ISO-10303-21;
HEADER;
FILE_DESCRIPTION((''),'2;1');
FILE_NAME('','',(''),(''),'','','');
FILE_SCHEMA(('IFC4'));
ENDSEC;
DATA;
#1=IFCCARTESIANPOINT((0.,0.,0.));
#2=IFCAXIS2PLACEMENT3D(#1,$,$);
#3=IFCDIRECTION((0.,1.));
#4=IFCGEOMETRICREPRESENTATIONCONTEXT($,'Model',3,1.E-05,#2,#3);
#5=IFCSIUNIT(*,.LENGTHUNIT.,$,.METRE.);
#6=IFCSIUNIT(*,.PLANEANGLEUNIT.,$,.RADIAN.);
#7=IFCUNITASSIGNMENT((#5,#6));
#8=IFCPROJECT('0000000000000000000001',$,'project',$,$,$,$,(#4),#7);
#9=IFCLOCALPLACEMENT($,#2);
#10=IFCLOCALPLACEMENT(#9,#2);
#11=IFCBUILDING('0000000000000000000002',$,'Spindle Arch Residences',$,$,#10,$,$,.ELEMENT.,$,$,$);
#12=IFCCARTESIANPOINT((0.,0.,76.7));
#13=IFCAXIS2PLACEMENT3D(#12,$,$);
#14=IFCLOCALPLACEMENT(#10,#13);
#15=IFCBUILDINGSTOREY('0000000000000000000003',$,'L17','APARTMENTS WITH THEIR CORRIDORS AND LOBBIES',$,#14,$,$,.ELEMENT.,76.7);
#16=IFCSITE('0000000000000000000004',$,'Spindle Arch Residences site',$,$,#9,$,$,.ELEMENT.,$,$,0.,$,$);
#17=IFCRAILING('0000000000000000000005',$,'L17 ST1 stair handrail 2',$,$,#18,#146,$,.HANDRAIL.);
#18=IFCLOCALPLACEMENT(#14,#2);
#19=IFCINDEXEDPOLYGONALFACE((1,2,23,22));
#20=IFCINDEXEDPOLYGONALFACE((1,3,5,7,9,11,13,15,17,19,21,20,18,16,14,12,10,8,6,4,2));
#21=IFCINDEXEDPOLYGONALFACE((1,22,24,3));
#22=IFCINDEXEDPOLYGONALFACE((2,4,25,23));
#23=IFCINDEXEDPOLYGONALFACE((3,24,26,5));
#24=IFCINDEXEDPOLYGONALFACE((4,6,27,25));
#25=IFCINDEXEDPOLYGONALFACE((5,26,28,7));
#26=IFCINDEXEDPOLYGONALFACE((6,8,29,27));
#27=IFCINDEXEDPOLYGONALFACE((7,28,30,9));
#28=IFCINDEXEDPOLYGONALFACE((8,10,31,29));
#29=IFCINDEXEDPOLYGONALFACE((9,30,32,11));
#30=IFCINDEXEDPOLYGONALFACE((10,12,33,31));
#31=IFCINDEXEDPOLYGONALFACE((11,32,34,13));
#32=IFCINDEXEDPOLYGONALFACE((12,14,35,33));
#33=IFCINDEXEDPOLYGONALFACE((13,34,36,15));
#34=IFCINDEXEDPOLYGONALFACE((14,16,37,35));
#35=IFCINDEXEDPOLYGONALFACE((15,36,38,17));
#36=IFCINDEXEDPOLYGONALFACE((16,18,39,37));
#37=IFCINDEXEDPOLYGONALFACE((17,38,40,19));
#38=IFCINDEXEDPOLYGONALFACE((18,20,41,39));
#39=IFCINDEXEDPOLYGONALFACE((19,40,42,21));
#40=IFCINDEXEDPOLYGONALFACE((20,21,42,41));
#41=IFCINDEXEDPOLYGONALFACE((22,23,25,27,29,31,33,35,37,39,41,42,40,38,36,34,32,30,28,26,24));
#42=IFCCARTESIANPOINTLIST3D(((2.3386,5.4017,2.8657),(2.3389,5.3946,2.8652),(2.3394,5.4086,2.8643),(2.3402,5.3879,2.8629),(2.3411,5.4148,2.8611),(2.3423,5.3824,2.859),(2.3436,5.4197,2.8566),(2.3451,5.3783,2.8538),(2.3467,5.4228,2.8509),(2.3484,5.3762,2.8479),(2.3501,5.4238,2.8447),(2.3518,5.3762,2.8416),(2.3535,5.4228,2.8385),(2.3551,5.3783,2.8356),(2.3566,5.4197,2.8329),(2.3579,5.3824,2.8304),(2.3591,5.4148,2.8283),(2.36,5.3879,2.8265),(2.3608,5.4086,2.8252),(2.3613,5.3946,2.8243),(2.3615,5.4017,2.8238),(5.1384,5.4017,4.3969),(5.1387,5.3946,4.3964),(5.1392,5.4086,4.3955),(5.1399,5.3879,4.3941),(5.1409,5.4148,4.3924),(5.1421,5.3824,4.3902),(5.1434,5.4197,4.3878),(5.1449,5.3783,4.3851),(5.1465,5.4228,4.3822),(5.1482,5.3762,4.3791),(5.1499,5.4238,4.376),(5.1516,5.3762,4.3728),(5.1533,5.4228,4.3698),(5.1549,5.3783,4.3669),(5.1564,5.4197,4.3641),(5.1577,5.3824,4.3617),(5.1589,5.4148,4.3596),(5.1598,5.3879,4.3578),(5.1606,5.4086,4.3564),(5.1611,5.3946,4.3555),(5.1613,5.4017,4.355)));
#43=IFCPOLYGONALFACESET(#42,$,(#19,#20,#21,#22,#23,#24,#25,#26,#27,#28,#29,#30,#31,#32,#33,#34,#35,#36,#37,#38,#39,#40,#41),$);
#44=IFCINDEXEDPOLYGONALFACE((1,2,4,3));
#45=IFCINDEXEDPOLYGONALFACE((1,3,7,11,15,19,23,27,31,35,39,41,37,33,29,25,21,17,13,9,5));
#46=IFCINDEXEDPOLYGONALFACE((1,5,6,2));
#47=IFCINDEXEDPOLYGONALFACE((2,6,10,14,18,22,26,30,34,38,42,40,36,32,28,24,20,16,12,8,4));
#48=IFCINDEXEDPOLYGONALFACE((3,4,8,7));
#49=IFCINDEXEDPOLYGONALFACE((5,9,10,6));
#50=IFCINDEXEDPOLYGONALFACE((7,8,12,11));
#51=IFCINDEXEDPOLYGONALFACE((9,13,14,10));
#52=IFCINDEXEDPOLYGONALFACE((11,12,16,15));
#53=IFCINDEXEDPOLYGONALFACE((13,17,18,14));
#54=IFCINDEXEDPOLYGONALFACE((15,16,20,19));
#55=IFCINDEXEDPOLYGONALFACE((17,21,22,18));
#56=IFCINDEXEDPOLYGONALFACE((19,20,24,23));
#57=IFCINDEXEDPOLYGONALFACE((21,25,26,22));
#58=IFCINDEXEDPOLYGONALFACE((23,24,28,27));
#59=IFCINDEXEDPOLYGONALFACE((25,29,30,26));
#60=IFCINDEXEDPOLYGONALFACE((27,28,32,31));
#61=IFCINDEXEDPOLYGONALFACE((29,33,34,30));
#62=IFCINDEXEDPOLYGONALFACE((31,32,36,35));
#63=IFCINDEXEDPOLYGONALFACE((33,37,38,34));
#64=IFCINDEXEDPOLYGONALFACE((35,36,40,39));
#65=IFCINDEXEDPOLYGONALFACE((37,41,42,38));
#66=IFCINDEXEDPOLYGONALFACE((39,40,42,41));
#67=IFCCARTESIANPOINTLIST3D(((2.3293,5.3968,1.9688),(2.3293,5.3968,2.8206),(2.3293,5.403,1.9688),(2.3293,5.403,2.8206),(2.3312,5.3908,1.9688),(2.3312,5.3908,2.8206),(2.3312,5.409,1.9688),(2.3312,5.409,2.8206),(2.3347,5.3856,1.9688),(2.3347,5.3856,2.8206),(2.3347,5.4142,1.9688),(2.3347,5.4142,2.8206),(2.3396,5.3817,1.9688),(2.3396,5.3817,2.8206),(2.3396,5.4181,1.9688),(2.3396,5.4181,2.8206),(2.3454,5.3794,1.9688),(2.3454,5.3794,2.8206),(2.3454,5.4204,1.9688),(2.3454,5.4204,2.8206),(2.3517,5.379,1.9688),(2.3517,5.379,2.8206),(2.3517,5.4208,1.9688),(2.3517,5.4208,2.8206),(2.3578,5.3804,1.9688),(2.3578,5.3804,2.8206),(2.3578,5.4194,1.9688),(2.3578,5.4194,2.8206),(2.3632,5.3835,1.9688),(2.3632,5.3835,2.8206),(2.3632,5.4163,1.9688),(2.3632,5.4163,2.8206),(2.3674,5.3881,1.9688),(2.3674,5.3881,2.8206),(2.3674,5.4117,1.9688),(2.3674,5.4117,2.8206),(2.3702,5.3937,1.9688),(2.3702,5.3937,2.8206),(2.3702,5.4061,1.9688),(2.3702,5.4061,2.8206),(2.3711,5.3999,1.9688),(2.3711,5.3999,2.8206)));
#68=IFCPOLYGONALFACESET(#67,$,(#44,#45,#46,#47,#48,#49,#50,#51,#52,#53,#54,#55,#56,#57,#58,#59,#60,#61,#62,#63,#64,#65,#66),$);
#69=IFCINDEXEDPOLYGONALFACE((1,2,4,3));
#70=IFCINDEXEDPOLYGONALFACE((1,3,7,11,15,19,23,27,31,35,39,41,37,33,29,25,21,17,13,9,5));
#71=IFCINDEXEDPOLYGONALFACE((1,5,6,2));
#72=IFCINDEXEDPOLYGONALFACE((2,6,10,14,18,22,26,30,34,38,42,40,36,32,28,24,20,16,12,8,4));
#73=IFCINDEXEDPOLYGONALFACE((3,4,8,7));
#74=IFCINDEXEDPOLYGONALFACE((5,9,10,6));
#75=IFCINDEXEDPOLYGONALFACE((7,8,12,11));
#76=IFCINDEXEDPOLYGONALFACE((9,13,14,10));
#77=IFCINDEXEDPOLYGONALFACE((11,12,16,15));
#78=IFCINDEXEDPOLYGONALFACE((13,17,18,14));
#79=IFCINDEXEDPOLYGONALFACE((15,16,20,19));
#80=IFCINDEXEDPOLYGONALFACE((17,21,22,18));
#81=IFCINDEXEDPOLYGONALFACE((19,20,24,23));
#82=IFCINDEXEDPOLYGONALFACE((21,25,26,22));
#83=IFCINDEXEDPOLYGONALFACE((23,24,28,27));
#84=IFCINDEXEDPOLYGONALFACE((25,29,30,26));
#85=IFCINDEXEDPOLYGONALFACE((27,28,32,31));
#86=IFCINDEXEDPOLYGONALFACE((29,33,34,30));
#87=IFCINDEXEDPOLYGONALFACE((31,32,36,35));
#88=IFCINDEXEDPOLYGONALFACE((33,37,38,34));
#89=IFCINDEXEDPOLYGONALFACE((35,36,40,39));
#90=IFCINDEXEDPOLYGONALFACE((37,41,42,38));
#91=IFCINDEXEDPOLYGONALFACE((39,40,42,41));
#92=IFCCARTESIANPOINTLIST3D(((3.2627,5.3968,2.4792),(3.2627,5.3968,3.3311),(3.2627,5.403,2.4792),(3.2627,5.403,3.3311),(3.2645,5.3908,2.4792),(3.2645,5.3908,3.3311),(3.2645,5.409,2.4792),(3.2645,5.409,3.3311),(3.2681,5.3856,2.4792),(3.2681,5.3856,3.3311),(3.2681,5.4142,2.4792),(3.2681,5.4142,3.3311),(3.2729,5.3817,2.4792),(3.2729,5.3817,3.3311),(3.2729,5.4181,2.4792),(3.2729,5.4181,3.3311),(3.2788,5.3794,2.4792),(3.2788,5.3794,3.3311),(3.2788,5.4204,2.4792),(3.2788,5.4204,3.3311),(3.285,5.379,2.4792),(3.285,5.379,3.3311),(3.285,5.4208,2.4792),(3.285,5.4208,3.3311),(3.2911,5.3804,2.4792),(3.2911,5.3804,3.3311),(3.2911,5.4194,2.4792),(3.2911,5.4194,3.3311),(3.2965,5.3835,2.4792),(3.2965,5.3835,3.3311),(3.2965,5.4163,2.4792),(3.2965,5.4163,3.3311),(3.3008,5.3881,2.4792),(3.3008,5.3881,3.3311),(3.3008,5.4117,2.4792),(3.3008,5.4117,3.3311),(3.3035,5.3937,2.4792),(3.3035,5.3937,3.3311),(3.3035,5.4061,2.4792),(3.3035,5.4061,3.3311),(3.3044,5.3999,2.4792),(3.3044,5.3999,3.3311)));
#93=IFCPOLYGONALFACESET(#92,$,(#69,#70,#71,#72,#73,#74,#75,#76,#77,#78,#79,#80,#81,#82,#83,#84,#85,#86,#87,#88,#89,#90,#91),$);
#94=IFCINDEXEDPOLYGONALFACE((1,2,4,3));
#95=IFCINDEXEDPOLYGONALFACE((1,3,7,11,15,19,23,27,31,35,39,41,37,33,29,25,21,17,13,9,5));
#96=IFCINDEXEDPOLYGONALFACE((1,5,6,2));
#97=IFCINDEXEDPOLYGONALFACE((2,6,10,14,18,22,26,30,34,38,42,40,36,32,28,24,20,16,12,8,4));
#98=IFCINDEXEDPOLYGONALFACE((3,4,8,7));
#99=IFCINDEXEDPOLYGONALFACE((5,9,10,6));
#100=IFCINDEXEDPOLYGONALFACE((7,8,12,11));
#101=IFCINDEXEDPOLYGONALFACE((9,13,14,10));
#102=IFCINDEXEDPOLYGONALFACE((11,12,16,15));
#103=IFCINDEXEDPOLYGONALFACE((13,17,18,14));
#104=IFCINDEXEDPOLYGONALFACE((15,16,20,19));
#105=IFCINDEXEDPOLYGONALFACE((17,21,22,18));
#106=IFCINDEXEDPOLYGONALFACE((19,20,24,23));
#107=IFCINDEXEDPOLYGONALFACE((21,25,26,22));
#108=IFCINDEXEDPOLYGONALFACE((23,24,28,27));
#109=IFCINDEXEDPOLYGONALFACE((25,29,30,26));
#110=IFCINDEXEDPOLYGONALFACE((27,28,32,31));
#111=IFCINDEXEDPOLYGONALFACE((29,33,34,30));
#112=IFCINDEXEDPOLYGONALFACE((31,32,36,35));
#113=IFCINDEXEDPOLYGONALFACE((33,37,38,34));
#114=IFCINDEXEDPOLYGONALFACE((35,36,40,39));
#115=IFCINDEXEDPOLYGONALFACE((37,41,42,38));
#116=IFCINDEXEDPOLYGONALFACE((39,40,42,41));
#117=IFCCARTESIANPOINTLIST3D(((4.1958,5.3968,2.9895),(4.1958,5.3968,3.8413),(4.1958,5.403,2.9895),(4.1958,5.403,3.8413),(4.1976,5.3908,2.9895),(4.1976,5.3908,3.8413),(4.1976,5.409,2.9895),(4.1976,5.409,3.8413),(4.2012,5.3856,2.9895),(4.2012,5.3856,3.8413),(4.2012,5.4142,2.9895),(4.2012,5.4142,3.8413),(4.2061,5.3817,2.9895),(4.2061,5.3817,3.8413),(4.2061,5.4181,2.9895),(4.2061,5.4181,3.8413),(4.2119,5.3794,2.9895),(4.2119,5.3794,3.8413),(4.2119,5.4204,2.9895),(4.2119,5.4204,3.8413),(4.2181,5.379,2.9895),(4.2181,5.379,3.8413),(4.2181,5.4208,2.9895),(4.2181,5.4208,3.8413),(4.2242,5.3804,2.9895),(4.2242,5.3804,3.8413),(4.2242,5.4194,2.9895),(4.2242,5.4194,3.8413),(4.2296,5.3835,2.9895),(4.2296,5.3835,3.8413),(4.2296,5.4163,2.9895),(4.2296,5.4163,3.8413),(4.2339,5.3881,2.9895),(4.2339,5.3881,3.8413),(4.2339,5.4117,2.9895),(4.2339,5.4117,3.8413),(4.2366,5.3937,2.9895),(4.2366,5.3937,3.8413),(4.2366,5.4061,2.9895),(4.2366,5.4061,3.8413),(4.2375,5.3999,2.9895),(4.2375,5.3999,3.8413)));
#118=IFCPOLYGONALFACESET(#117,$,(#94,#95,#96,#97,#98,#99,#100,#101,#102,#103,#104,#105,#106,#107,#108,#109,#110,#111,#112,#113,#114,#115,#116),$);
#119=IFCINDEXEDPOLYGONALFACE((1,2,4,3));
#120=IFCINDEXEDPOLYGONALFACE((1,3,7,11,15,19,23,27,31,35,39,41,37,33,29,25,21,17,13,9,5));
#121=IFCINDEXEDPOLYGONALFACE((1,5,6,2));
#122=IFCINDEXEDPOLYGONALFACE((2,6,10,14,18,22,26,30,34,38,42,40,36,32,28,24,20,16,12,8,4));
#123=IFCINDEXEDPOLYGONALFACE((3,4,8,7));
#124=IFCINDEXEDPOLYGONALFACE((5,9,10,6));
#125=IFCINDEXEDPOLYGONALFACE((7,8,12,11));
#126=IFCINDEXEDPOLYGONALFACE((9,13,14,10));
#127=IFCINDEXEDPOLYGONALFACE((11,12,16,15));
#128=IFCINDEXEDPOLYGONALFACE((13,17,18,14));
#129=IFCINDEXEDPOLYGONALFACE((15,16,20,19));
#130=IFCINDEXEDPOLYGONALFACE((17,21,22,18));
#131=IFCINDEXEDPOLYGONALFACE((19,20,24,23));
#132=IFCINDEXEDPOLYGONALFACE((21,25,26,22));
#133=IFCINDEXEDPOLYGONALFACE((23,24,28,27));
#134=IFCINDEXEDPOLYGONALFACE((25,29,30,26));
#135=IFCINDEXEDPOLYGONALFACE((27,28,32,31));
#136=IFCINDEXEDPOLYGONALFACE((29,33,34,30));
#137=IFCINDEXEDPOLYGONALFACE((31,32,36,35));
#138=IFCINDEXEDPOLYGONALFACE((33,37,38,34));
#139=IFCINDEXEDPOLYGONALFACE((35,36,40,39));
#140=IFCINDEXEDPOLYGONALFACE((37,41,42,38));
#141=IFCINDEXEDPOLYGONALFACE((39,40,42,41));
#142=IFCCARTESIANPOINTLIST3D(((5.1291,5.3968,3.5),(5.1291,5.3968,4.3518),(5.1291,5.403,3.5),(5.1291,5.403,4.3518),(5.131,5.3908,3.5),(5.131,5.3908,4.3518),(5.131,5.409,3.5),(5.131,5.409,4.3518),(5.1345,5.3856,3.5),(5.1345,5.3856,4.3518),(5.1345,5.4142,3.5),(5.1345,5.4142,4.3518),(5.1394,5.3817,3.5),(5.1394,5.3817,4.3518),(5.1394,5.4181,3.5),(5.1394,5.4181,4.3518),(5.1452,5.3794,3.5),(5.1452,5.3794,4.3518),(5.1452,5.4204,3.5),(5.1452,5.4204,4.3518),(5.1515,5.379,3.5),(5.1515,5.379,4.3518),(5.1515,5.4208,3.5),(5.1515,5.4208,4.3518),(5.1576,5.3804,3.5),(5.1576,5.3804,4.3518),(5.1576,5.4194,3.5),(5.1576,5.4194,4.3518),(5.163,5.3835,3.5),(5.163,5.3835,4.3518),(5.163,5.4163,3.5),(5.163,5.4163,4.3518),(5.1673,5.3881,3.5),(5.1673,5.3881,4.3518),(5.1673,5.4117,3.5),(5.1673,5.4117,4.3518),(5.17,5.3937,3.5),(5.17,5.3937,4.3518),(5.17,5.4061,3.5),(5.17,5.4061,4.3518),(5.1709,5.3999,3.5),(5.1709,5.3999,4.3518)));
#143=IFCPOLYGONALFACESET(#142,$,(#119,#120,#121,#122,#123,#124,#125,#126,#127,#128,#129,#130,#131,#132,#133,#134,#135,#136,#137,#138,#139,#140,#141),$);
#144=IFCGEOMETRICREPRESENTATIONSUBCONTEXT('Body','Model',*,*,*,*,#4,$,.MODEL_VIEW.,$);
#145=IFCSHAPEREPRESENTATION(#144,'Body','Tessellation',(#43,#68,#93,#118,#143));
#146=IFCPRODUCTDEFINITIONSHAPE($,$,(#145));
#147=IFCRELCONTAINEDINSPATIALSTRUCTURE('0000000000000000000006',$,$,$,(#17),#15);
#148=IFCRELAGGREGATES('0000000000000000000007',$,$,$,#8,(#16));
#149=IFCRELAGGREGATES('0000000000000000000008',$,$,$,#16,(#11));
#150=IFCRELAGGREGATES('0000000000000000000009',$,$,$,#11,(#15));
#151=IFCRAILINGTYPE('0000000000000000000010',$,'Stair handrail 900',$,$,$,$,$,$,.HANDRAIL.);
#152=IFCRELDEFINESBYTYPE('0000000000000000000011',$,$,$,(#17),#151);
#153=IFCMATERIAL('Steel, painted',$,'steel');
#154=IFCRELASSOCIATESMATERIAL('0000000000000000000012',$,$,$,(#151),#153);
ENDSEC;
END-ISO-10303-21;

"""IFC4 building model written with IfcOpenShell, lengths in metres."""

from ifc_helpers import new_model, si_unit, direction, frame, origin, origin_2d, place, context, subcontext, project, spatial, circle, extrude, material, type_object, element, save


model = new_model("IFC4")

# Units and contexts
model_context = context("Model", 3, precision=1e-05, world=origin(), true_north=direction((0.0, 1.0)))
body_context = subcontext(model_context, "Body", "Model", "MODEL_VIEW")
ifc_project = project(units=[si_unit("LENGTHUNIT", "METRE"), si_unit("PLANEANGLEUNIT", "RADIAN")], contexts=[model_context])

# Site, building, storey
site_placement = place(None, origin())
site = spatial("IfcSite", under=ifc_project, at=site_placement, Name="Spindle Arch Residences site", CompositionType="ELEMENT", RefElevation=0.0)
building_placement = place(site_placement, origin())
building = spatial("IfcBuilding", under=site, at=building_placement, Name="Spindle Arch Residences", CompositionType="ELEMENT")
storey_placement = place(building_placement, frame((0.0, 0.0, 76.7)))
storey = spatial("IfcBuildingStorey", under=building, at=storey_placement, Name="L17", Description="APARTMENTS WITH THEIR CORRIDORS AND LOBBIES", CompositionType="ELEMENT", Elevation=76.7)

# Railing
ifc_material_1 = material(Name="Steel, painted", Category="steel")
railing_type_1 = type_object("IfcRailingType", Name="Stair handrail 900", PredefinedType="HANDRAIL", material=ifc_material_1)
railing_1_placement = place(storey_placement, frame((2.3501, 5.3999, 1.9688)))
element("IfcRailing", 1, at=railing_1_placement, inside=storey, type_object=railing_type_1, Name="L17 ST1 stair handrail 2", PredefinedType="HANDRAIL", context=body_context, shape_type="SweptSolid", body=[
    extrude(circle(Radius=0.0239, at=origin_2d()), frame((0.0, 0.0, 0.876), z_axis=(0.877357, 0.0, 0.479838), x_axis=(0.0, 1.0, 0.0)), (0.0, 0.0, 1.0), 3.1912),
    extrude(circle(Radius=0.021, at=origin_2d()), origin(), (0.0, 0.0, 1.0), 0.8518),
    extrude(circle(Radius=0.021, at=origin_2d()), frame((0.9333, 0.0, 0.5105)), (0.0, 0.0, 1.0), 0.8518),
    extrude(circle(Radius=0.021, at=origin_2d()), frame((1.8665, 0.0, 1.0208)), (0.0, 0.0, 1.0), 0.8518),
    extrude(circle(Radius=0.021, at=origin_2d()), frame((2.7998, 0.0, 1.5312)), (0.0, 0.0, 1.0), 0.8518),
])

save(model, "model.ifc")
